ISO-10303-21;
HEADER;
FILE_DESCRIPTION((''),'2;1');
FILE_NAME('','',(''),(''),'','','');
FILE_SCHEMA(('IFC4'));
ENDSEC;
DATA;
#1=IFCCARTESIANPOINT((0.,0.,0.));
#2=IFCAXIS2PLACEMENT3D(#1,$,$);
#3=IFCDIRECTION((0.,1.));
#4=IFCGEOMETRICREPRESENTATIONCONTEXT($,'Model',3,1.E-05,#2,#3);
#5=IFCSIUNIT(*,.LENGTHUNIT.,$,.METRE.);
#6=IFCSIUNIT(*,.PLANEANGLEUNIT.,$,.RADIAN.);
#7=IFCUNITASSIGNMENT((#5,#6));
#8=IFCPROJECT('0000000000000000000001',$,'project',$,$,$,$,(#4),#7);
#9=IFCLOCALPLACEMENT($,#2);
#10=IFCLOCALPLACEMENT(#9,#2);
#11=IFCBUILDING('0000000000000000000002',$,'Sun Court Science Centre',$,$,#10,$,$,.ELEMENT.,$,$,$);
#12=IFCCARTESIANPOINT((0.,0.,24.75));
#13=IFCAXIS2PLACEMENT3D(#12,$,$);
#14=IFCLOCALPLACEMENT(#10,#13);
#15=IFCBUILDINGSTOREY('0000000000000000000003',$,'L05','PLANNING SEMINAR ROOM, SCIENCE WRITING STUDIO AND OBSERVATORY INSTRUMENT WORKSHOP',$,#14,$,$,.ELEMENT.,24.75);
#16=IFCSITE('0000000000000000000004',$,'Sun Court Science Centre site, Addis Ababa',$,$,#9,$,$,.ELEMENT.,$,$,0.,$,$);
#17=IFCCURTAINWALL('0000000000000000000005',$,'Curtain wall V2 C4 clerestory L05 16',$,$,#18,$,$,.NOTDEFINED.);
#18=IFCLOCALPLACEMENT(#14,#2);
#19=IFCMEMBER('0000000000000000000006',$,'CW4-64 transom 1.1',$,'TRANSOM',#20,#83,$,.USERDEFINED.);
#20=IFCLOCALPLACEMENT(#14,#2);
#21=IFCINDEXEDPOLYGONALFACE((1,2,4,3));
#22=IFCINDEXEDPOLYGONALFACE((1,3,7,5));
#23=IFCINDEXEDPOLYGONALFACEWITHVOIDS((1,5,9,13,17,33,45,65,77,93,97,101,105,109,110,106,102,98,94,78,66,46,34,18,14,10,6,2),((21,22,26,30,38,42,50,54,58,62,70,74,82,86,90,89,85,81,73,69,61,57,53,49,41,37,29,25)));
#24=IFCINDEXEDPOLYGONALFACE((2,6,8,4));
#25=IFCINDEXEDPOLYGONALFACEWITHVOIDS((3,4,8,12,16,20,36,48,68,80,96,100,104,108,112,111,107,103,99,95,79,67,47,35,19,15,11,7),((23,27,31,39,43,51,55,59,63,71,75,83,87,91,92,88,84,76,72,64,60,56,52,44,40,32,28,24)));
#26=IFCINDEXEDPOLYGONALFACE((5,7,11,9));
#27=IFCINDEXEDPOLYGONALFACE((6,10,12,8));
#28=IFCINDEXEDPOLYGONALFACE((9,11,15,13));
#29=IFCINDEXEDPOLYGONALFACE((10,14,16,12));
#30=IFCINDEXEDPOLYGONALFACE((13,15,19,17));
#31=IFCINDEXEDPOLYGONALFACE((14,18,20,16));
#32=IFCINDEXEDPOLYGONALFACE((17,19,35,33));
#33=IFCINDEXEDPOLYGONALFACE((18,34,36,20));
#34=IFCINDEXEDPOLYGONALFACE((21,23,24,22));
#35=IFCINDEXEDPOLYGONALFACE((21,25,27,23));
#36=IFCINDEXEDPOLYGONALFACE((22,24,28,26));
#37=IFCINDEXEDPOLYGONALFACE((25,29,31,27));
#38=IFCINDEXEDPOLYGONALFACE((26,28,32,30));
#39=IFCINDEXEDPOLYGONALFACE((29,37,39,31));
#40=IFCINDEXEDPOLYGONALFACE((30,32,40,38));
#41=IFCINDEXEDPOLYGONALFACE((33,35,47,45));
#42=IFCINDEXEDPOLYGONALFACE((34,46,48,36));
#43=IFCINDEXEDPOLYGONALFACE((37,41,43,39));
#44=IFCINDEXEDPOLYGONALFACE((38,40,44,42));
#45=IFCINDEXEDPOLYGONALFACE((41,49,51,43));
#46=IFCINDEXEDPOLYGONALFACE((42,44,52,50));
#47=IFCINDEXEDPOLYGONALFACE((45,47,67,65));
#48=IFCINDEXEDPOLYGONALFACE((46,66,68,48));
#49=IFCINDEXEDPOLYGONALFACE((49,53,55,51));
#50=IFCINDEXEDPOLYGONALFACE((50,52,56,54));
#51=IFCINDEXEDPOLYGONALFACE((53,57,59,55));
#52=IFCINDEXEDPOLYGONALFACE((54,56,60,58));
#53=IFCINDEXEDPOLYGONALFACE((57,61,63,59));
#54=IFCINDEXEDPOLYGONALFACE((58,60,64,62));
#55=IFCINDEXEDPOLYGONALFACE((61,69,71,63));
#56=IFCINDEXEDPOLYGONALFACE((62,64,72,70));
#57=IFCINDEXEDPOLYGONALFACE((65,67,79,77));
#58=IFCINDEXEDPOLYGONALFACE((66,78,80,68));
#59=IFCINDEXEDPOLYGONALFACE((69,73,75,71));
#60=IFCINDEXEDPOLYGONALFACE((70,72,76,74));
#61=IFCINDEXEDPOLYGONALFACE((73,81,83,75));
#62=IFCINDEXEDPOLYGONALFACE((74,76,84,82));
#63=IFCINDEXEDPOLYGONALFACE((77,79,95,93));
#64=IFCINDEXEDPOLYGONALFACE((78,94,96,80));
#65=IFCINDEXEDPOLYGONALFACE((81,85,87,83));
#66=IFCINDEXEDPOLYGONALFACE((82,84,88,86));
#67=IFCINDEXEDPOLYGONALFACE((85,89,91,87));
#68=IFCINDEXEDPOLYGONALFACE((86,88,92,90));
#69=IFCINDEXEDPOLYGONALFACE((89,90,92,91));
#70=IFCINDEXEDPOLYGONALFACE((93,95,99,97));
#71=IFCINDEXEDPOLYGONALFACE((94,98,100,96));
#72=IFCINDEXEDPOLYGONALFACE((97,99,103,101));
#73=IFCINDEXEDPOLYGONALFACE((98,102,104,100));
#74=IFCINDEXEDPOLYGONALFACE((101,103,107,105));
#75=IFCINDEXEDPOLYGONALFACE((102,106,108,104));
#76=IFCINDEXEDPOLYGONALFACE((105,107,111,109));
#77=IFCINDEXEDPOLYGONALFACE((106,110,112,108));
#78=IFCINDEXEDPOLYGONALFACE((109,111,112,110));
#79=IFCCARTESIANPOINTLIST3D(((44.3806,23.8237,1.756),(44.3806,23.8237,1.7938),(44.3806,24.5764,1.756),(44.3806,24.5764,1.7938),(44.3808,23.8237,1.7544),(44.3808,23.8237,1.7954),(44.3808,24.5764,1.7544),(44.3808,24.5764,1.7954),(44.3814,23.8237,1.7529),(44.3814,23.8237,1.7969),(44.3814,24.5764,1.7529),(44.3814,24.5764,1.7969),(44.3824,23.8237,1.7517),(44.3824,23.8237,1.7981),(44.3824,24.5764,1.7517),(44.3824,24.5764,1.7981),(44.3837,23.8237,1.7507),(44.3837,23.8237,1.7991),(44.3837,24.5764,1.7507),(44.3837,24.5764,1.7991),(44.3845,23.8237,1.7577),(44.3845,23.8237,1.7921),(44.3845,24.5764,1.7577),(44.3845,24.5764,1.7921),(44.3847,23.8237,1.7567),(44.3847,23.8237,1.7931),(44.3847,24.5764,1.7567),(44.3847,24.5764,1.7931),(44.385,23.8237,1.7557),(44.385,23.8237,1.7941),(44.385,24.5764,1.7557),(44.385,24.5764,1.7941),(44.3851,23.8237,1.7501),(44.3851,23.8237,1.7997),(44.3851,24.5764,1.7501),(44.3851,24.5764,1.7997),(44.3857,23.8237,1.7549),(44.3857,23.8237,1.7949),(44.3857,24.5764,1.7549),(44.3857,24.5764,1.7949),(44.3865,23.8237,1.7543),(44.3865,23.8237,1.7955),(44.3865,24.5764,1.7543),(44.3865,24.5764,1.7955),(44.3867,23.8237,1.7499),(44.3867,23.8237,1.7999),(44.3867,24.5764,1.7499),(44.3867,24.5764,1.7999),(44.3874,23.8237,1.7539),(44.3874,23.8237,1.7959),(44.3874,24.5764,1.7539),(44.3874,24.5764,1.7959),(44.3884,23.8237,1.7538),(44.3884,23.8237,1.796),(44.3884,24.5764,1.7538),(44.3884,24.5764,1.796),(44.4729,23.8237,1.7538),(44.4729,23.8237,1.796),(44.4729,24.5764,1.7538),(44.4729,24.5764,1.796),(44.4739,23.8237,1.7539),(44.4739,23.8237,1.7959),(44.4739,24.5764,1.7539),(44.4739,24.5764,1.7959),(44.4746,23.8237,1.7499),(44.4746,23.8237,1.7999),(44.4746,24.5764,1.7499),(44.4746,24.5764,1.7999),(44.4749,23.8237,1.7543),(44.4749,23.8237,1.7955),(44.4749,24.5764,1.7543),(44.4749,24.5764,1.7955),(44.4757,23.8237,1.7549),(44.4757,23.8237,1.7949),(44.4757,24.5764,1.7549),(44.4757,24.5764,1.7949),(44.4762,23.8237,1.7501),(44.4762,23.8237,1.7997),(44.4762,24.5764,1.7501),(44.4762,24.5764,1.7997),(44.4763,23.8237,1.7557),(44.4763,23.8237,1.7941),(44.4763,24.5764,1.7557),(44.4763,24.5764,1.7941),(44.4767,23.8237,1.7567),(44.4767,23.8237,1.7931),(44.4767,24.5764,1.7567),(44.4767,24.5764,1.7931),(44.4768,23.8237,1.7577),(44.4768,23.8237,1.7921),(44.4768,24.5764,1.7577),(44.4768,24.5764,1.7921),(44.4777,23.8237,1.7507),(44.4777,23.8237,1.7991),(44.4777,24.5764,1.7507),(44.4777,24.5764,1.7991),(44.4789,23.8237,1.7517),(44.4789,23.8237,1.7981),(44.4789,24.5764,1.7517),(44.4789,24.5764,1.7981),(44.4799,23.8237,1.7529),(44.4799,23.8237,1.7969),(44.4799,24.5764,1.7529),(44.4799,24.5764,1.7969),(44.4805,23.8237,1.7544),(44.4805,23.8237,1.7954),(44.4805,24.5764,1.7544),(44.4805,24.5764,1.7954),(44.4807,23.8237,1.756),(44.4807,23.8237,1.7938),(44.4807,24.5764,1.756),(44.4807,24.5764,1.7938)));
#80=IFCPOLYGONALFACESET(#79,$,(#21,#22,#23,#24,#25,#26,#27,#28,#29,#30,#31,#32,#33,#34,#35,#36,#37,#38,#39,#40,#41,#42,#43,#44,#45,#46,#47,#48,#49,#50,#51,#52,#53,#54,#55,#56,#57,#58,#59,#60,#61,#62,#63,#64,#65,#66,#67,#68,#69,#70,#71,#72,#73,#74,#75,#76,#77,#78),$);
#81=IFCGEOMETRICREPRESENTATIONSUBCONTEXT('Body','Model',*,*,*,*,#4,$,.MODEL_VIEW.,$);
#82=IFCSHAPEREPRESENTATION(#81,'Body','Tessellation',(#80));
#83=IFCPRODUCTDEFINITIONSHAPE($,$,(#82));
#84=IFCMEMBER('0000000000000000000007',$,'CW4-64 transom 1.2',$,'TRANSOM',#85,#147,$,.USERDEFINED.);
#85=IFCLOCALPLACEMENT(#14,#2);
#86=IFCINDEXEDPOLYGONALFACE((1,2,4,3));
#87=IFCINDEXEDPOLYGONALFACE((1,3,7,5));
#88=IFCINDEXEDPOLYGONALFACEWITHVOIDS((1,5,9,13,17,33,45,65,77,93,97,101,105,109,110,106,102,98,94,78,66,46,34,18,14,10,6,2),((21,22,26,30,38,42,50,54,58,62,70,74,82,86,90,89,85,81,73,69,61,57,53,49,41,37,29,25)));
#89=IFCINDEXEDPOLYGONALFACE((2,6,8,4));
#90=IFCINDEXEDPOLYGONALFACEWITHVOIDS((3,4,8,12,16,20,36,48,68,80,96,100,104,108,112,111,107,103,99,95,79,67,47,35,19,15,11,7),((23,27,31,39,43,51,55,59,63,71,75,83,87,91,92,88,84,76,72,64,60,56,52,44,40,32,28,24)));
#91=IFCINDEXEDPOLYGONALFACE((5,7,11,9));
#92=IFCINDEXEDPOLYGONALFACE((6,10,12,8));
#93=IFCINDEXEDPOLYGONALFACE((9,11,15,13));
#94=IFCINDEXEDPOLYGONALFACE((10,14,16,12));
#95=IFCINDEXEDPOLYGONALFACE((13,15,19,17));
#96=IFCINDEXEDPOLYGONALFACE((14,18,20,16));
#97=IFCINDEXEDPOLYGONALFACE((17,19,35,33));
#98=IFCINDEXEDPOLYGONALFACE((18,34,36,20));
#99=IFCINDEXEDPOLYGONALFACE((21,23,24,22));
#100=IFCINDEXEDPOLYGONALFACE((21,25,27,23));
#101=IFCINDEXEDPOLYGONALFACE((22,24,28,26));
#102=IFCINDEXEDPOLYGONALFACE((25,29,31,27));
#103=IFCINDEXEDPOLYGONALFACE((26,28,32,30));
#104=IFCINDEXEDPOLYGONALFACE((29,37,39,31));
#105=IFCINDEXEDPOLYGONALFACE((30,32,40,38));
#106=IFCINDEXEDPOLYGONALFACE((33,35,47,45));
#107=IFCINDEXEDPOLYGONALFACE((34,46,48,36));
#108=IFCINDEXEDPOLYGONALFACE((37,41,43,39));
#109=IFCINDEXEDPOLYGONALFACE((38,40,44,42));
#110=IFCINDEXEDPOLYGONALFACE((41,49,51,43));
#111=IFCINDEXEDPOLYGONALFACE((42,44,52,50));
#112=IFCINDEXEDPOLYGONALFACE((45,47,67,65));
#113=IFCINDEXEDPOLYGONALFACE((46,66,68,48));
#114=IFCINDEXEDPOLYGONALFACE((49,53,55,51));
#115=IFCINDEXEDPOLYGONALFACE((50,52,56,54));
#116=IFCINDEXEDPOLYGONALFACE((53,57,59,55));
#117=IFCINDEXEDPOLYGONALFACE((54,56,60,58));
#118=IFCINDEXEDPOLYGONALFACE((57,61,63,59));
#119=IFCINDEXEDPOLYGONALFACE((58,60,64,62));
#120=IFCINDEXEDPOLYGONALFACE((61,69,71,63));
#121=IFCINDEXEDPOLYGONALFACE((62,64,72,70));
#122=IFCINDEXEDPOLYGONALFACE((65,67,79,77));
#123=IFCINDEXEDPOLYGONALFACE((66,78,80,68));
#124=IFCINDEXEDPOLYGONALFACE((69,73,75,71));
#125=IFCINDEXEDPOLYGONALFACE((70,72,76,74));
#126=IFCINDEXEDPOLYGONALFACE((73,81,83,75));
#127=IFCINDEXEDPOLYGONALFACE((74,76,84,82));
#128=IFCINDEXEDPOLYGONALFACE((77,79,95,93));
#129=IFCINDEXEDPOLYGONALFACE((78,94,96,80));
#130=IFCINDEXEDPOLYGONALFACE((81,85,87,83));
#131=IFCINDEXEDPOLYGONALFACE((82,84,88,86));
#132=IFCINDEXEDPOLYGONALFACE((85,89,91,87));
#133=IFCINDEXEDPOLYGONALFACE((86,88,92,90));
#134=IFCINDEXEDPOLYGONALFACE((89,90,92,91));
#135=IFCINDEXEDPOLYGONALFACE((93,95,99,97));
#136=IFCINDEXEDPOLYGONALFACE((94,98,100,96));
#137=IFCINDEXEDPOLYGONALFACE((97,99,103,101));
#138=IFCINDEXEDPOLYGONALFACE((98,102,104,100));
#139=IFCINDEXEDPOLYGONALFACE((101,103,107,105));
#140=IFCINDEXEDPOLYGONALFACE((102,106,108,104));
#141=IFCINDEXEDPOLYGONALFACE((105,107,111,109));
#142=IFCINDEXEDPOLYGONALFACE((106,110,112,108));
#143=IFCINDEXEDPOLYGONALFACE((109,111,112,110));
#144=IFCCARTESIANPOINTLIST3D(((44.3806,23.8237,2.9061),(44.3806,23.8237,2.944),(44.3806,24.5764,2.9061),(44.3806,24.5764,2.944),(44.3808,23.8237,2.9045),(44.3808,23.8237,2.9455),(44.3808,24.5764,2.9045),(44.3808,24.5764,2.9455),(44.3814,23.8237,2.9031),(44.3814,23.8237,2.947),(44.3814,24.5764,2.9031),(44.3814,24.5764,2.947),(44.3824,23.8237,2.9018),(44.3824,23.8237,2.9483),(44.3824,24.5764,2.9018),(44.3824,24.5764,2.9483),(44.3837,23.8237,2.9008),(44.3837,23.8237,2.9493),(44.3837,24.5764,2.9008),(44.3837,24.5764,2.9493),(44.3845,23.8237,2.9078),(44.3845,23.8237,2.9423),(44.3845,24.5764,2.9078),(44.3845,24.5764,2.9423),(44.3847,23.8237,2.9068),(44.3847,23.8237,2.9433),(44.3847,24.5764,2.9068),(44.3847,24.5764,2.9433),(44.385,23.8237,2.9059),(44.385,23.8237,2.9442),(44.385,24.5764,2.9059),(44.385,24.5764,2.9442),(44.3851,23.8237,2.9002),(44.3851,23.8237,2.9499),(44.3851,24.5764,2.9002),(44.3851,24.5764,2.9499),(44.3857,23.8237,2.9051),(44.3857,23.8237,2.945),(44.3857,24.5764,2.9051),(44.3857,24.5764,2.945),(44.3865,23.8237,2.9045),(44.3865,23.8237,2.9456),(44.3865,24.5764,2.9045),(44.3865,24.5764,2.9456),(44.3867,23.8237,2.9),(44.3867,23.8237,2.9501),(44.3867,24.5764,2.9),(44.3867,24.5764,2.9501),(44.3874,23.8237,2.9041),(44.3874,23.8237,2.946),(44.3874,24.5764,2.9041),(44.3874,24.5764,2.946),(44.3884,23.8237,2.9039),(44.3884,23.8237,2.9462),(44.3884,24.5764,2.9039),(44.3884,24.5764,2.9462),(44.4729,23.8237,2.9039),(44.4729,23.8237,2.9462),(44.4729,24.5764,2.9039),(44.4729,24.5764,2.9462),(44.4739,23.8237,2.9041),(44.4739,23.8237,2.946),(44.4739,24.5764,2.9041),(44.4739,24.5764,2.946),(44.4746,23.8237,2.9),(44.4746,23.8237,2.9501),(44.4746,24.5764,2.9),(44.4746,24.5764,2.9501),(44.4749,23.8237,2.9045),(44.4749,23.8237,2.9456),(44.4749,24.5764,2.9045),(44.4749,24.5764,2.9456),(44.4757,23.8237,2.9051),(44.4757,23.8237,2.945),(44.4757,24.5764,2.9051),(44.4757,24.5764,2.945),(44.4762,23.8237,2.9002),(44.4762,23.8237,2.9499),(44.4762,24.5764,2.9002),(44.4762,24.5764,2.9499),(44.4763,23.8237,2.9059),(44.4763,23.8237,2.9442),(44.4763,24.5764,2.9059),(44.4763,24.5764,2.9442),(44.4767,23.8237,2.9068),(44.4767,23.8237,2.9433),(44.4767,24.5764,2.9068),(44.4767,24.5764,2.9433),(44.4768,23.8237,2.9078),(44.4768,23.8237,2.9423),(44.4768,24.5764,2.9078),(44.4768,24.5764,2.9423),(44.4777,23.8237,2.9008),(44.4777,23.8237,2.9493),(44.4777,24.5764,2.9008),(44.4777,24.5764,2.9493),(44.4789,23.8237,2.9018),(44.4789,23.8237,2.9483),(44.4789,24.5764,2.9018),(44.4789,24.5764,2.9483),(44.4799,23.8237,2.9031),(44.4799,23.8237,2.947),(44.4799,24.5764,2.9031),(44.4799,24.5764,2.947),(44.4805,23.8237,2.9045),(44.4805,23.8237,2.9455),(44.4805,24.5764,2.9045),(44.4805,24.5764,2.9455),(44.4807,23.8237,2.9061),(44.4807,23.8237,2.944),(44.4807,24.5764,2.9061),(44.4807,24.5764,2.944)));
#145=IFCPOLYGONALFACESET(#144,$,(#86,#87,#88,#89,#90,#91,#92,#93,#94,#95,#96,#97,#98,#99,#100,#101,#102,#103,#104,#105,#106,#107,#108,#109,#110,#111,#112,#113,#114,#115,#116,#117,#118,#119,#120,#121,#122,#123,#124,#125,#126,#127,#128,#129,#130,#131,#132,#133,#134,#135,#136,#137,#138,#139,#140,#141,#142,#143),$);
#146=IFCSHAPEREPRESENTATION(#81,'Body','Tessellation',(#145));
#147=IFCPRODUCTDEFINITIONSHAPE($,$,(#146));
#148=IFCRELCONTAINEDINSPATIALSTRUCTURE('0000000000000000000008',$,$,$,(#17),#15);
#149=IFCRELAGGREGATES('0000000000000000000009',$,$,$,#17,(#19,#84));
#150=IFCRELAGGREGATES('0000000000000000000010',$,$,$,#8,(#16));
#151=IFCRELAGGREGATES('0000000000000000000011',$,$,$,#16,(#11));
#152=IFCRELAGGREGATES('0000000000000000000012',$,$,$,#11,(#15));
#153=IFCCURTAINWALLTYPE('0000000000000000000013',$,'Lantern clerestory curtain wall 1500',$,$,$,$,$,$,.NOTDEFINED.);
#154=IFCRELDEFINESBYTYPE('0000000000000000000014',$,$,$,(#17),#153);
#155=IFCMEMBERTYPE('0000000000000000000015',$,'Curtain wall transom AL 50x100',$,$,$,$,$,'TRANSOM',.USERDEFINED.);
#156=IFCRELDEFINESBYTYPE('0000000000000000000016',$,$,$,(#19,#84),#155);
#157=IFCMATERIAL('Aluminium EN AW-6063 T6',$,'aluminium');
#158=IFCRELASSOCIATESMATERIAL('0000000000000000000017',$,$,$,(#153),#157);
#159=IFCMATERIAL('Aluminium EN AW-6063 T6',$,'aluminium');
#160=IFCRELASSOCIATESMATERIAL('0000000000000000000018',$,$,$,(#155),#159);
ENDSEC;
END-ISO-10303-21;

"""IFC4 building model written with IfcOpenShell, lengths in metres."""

from ifc_helpers import new_model, si_unit, direction, frame, origin, origin_2d, place, context, subcontext, project, spatial, hollow_rectangle, extrude, material, material_profile, profile_set, type_object, element, aggregate, save


model = new_model("IFC4")

# Units and contexts
model_context = context("Model", 3, precision=1e-05, world=origin(), true_north=direction((0.0, 1.0)))
body_context = subcontext(model_context, "Body", "Model", "MODEL_VIEW")
ifc_project = project(units=[si_unit("LENGTHUNIT", "METRE"), si_unit("PLANEANGLEUNIT", "RADIAN")], contexts=[model_context])

# Site, building, storey
site_placement = place(None, origin())
site = spatial("IfcSite", under=ifc_project, at=site_placement, Name="Sun Court Science Centre site, Addis Ababa", CompositionType="ELEMENT", RefElevation=0.0)
building_placement = place(site_placement, origin())
building = spatial("IfcBuilding", under=site, at=building_placement, Name="Sun Court Science Centre", CompositionType="ELEMENT")
storey_placement = place(building_placement, frame((0.0, 0.0, 24.75)))
storey = spatial("IfcBuildingStorey", under=building, at=storey_placement, Name="L05", Description="PLANNING SEMINAR ROOM, SCIENCE WRITING STUDIO AND OBSERVATORY INSTRUMENT WORKSHOP", CompositionType="ELEMENT", Elevation=24.75)

# Shared definitions
ifc_material_1 = material(Name="Aluminium EN AW-6063 T6", Category="aluminium")
curtain_wall_type = type_object("IfcCurtainWallType", Name="Lantern clerestory curtain wall 1500", PredefinedType="NOTDEFINED", material=ifc_material_1)

# Curtain wall
curtain_wall_1_placement = place(storey_placement, origin())
curtain_wall_1 = element("IfcCurtainWall", 1, at=curtain_wall_1_placement, inside=storey, type_object=curtain_wall_type, Name="Curtain wall V2 C4 clerestory L05 16", PredefinedType="NOTDEFINED")

# Members
ifc_material_2 = material(Name="Aluminium EN AW-6063 T6", Category="aluminium")
ifc_material_profile_1 = material_profile(ifc_material_2, hollow_rectangle(XDim=0.05, YDim=0.1001, WallThickness=0.0039, InnerFilletRadius=0.0039, OuterFilletRadius=0.0061, at=origin_2d()), Name="AL 50x100x4")
ifc_profile_set_1 = profile_set([ifc_material_profile_1], Name="Aluminium EN AW-6063 T6")
member_type_1 = type_object("IfcMemberType", Name="Curtain wall transom AL 50x100", ElementType="TRANSOM", PredefinedType="USERDEFINED", material=ifc_profile_set_1)
member_1_placement = place(storey_placement, frame((44.4307, 24.5764, 1.7749), z_axis=(0.0, -1.0, 0.0), x_axis=(0.0, 0.0, 1.0)))
member_1 = element("IfcMember", 2, at=member_1_placement, type_object=member_type_1, Name="CW4-64 transom 1.1", ObjectType="TRANSOM", PredefinedType="USERDEFINED", context=body_context, shape_type="SweptSolid", body=[
    extrude(hollow_rectangle(XDim=0.05, YDim=0.1001, WallThickness=0.0039, InnerFilletRadius=0.0039, OuterFilletRadius=0.0061, at=origin_2d()), origin(), (0.0, 0.0, 1.0), 0.7527),
])
member_2_placement = place(storey_placement, frame((44.4307, 24.5764, 2.925), z_axis=(0.0, -1.0, 0.0), x_axis=(0.0, 0.0, 1.0)))
member_2 = element("IfcMember", 3, at=member_2_placement, type_object=member_type_1, Name="CW4-64 transom 1.2", ObjectType="TRANSOM", PredefinedType="USERDEFINED", context=body_context, shape_type="SweptSolid", body=[
    extrude(hollow_rectangle(XDim=0.05, YDim=0.1001, WallThickness=0.0039, InnerFilletRadius=0.0039, OuterFilletRadius=0.0061, at=origin_2d()), origin(), (0.0, 0.0, 1.0), 0.7527),
])
aggregate(curtain_wall_1, [member_1, member_2])

save(model, "model.ifc")
